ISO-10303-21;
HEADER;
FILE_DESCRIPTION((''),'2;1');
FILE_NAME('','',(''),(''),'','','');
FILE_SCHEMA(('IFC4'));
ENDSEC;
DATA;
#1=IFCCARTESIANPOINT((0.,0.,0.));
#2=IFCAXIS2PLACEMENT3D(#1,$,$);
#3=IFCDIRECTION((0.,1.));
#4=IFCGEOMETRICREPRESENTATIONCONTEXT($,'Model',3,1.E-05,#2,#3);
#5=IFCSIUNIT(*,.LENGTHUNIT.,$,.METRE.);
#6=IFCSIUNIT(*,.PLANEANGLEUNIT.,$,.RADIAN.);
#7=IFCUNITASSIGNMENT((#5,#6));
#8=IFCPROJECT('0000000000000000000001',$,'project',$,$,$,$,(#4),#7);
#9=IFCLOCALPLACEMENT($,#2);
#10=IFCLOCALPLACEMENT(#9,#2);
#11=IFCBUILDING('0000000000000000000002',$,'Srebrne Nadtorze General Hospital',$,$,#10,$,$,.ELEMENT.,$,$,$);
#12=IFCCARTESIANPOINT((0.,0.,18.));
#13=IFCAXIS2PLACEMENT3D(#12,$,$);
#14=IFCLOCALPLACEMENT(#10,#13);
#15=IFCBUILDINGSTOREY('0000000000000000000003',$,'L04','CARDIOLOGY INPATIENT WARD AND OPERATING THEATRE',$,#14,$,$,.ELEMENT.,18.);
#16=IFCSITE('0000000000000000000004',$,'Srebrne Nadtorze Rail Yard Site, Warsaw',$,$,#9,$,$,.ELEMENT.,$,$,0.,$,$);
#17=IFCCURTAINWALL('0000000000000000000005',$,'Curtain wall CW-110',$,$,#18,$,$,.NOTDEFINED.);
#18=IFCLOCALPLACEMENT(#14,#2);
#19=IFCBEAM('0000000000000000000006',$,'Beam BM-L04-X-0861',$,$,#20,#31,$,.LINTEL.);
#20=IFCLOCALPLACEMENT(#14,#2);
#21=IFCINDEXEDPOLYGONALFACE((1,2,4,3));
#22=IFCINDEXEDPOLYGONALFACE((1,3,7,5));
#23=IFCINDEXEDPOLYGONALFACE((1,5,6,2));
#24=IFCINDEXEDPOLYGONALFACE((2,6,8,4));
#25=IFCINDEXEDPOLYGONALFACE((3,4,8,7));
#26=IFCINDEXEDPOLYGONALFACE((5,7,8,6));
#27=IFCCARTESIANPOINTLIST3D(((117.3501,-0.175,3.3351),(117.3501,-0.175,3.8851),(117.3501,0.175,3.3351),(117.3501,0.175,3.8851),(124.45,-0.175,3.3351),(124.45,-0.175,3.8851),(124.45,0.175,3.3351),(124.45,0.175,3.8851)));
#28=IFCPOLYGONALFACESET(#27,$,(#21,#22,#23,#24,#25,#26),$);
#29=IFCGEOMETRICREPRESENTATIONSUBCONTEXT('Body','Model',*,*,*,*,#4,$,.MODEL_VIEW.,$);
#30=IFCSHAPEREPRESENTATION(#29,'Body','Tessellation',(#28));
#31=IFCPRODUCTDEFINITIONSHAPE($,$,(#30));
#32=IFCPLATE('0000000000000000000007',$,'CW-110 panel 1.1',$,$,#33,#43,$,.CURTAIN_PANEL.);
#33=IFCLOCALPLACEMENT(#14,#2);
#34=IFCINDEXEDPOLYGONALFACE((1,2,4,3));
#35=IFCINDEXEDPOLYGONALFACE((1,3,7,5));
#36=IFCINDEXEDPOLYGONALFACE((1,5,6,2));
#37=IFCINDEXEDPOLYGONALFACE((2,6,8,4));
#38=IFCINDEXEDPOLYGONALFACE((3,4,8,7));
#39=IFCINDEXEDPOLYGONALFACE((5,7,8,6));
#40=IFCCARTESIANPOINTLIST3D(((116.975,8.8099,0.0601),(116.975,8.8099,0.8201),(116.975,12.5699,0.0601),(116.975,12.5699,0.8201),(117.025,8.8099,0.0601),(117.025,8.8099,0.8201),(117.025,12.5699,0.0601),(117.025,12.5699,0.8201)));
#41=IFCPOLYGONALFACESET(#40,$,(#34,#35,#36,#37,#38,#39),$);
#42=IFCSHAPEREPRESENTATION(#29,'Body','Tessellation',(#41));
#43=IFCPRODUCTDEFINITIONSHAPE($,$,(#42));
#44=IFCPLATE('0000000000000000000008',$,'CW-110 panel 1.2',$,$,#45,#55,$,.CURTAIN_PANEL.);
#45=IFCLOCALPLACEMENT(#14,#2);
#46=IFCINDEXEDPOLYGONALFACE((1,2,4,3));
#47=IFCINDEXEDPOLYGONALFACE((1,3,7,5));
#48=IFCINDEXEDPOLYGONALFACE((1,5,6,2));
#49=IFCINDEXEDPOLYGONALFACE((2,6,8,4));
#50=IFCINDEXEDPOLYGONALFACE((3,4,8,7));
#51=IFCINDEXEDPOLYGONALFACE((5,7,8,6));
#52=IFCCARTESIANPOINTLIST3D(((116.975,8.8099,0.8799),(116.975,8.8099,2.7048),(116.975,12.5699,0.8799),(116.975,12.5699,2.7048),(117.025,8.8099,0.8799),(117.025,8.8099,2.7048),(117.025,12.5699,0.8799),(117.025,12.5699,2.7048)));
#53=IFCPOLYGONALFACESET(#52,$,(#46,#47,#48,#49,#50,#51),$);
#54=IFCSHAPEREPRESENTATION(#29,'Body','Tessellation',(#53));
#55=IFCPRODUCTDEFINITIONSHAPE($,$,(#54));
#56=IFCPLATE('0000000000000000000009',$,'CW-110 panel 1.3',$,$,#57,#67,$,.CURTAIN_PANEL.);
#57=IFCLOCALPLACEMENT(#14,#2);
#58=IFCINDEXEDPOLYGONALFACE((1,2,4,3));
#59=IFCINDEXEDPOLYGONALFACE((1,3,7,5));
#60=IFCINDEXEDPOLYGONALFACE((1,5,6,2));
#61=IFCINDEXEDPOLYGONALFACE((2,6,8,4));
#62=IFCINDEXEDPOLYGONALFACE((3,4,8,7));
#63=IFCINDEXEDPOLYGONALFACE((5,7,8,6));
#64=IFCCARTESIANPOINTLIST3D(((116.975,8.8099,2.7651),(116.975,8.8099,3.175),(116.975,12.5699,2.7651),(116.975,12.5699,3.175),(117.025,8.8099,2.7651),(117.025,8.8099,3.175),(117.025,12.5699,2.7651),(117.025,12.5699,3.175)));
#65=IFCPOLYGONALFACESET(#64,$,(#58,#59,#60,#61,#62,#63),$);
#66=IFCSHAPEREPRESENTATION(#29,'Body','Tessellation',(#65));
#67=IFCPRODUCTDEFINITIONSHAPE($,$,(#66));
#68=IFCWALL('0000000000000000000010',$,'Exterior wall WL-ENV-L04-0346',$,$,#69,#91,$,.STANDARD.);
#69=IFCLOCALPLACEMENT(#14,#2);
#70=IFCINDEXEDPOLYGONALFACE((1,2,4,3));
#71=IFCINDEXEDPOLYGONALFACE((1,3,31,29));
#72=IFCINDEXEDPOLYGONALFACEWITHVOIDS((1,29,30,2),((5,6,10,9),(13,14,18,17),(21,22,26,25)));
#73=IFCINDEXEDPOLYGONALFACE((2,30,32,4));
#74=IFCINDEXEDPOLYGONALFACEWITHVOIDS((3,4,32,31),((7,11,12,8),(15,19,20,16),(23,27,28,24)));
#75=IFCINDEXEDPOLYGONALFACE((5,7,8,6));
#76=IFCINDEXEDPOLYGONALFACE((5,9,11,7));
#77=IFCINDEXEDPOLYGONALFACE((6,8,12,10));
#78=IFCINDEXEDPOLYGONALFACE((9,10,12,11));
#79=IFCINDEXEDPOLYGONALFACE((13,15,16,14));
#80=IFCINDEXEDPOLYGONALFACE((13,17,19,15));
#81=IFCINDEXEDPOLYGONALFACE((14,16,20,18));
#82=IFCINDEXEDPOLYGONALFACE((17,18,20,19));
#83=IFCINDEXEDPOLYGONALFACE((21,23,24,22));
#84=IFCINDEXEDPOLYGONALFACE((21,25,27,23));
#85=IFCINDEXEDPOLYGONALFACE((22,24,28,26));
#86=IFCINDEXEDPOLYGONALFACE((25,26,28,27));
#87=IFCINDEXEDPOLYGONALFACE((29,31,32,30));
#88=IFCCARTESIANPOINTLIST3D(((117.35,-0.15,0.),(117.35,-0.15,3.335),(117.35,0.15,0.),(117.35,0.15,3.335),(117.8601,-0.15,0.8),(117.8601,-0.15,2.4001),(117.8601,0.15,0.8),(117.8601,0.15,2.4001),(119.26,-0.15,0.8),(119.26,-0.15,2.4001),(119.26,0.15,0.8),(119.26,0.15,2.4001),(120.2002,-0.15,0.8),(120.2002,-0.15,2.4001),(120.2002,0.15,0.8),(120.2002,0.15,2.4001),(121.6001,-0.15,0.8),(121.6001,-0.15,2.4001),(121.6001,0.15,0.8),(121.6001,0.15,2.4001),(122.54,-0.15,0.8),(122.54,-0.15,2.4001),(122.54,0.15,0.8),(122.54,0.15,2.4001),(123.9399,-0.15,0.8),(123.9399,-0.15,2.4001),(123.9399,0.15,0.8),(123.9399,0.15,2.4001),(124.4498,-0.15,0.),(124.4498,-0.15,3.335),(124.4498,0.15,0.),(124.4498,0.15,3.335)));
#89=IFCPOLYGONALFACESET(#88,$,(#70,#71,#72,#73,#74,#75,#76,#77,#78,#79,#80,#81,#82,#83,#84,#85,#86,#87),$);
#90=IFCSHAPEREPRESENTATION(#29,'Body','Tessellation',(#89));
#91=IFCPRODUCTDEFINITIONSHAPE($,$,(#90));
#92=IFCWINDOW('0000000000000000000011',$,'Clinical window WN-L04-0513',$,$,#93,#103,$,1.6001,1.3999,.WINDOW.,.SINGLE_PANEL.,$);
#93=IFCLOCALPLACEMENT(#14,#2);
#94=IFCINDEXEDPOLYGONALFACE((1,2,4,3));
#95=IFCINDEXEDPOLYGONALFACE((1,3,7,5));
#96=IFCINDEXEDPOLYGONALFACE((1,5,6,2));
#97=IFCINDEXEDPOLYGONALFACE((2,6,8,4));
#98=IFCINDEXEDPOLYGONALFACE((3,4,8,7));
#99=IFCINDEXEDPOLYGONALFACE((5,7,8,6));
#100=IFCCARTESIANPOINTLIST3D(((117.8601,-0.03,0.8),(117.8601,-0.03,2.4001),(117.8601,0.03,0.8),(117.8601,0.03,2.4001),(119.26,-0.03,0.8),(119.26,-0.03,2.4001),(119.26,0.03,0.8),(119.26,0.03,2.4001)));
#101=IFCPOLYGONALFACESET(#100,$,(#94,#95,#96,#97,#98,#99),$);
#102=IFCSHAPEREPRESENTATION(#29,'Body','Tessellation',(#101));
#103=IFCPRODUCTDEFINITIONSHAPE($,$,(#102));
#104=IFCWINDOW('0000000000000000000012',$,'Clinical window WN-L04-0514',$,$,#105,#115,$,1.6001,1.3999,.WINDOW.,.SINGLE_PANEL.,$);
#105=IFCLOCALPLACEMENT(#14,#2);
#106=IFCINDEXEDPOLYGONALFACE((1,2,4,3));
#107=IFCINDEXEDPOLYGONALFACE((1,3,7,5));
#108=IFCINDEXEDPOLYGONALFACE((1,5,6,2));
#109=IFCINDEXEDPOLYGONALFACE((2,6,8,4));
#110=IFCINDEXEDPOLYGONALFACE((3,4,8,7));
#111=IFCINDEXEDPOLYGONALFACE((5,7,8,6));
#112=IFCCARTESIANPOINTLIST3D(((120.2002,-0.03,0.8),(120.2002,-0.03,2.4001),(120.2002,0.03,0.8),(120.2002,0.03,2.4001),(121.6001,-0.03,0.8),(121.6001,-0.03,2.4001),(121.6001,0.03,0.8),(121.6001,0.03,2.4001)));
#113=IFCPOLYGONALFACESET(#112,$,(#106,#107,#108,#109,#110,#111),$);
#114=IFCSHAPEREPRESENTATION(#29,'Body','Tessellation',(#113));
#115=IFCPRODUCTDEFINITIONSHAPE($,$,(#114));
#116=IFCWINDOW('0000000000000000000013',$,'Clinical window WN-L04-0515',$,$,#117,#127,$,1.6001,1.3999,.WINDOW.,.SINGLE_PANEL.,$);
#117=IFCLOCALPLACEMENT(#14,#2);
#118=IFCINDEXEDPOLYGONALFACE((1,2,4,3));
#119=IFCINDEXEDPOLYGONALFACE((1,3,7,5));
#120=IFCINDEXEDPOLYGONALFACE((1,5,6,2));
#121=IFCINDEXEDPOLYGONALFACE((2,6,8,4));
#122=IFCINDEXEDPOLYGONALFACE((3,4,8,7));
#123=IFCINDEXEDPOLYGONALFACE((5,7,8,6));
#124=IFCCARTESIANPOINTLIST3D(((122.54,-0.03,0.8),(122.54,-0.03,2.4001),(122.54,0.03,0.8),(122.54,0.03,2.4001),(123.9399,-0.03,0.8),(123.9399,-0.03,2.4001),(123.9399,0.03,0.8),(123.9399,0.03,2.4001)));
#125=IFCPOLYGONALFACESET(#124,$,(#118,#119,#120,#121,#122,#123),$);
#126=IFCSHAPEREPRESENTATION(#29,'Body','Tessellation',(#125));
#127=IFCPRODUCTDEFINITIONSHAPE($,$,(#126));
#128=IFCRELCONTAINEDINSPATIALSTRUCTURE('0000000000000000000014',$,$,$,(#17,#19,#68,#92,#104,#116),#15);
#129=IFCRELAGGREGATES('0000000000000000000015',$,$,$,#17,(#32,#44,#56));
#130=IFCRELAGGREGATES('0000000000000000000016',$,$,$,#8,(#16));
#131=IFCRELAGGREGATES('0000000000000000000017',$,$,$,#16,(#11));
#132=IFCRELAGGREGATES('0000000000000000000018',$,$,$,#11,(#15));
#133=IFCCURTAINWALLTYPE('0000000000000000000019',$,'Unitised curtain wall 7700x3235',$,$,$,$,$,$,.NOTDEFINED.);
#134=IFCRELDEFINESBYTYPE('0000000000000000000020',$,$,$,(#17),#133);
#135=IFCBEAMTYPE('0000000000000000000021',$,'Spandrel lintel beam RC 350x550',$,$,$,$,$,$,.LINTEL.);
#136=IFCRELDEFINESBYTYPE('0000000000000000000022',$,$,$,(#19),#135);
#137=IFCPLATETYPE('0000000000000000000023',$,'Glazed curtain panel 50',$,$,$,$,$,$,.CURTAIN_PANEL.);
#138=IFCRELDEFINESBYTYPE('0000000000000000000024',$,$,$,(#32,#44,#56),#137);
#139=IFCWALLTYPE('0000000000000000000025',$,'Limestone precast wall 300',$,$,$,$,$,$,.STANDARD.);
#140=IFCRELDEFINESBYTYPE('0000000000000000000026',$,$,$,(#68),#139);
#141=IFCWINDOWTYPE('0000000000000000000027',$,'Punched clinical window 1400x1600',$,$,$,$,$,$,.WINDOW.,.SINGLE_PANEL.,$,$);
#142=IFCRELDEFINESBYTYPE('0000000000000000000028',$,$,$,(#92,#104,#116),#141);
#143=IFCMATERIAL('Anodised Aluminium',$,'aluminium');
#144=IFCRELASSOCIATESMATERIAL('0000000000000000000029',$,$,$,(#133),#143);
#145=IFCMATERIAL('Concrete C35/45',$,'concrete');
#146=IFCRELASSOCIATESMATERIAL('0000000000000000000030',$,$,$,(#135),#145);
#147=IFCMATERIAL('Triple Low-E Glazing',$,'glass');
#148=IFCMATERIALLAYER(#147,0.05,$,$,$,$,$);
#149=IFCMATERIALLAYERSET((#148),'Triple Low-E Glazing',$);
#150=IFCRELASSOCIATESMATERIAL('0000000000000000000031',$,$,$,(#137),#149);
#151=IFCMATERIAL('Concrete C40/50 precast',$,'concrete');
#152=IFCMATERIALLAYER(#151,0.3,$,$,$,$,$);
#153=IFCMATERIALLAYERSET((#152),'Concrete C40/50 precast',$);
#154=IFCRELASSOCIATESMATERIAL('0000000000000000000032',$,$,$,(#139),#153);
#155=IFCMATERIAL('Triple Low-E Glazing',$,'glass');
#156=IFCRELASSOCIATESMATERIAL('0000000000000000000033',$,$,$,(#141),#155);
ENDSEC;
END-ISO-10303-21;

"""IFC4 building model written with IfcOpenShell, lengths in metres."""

from ifc_helpers import new_model, si_unit, direction, frame, frame_2d, origin, origin_2d, place, context, subcontext, project, spatial, rectangle, extrude, material, layer, layer_set, material_profile, profile_set, type_object, element, fill, aggregate, save


model = new_model("IFC4")

# Units and contexts
model_context = context("Model", 3, precision=1e-05, world=origin(), true_north=direction((0.0, 1.0)))
body_context = subcontext(model_context, "Body", "Model", "MODEL_VIEW")
ifc_project = project(units=[si_unit("LENGTHUNIT", "METRE"), si_unit("PLANEANGLEUNIT", "RADIAN")], contexts=[model_context])

# Site, building, storey
site_placement = place(None, origin())
site = spatial("IfcSite", under=ifc_project, at=site_placement, Name="Srebrne Nadtorze Rail Yard Site, Warsaw", CompositionType="ELEMENT", RefElevation=0.0)
building_placement = place(site_placement, origin())
building = spatial("IfcBuilding", under=site, at=building_placement, Name="Srebrne Nadtorze General Hospital", CompositionType="ELEMENT")
storey_placement = place(building_placement, frame((0.0, 0.0, 18.0)))
storey = spatial("IfcBuildingStorey", under=building, at=storey_placement, Name="L04", Description="CARDIOLOGY INPATIENT WARD AND OPERATING THEATRE", CompositionType="ELEMENT", Elevation=18.0)

# Curtain wall
ifc_material_1 = material(Name="Anodised Aluminium", Category="aluminium")
curtain_wall_type_1 = type_object("IfcCurtainWallType", Name="Unitised curtain wall 7700x3235", PredefinedType="NOTDEFINED", material=ifc_material_1)
curtain_wall_1_placement = place(storey_placement, origin())
curtain_wall_1 = element("IfcCurtainWall", 1, at=curtain_wall_1_placement, inside=storey, type_object=curtain_wall_type_1, Name="Curtain wall CW-110", PredefinedType="NOTDEFINED")

# Beam
ifc_material_2 = material(Name="Concrete C35/45", Category="concrete")
ifc_material_profile_1 = material_profile(ifc_material_2, rectangle(XDim=0.3501, YDim=0.55, at=origin_2d()), Name="RC-BM-350x550")
ifc_profile_set_1 = profile_set([ifc_material_profile_1], Name="Concrete C35/45")
beam_type_1 = type_object("IfcBeamType", Name="Spandrel lintel beam RC 350x550", PredefinedType="LINTEL", material=ifc_profile_set_1)
beam_1_placement = place(storey_placement, frame((117.3501, 0.0, 3.6101), z_axis=(1.0, 0.0, 0.0), x_axis=(0.0, 1.0, 0.0)))
element("IfcBeam", 2, at=beam_1_placement, inside=storey, type_object=beam_type_1, Name="Beam BM-L04-X-0861", PredefinedType="LINTEL", context=body_context, shape_type="SweptSolid", body=[
    extrude(rectangle(XDim=0.3501, YDim=0.55, at=origin_2d()), origin(), (0.0, 0.0, 1.0), 7.0999),
])

# Plates
ifc_material_3 = material(Name="Triple Low-E Glazing", Category="glass")
ifc_layer_1 = layer(ifc_material_3, 0.05)
ifc_layer_set_1 = layer_set([ifc_layer_1], Name="Triple Low-E Glazing")
plate_type = type_object("IfcPlateType", Name="Glazed curtain panel 50", PredefinedType="CURTAIN_PANEL", material=ifc_layer_set_1)
plate_1_placement = place(storey_placement, frame((117.0, 10.6899, 0.0601), z_axis=(0.0, 0.0, 1.0), x_axis=(0.0, 1.0, 0.0)))
plate_1 = element("IfcPlate", 3, at=plate_1_placement, type_object=plate_type, Name="CW-110 panel 1.1", PredefinedType="CURTAIN_PANEL", context=body_context, shape_type="SweptSolid", body=[
    extrude(rectangle(XDim=3.76, YDim=0.05, at=origin_2d()), origin(), (0.0, 0.0, 1.0), 0.76),
])
plate_2_placement = place(storey_placement, frame((117.0, 10.6899, 0.8799), z_axis=(0.0, 0.0, 1.0), x_axis=(0.0, 1.0, 0.0)))
plate_2 = element("IfcPlate", 4, at=plate_2_placement, type_object=plate_type, Name="CW-110 panel 1.2", PredefinedType="CURTAIN_PANEL", context=body_context, shape_type="SweptSolid", body=[
    extrude(rectangle(XDim=3.76, YDim=0.05, at=origin_2d()), origin(), (0.0, 0.0, 1.0), 1.825),
])
plate_3_placement = place(storey_placement, frame((117.0, 10.6899, 2.7651), z_axis=(0.0, 0.0, 1.0), x_axis=(0.0, 1.0, 0.0)))
plate_3 = element("IfcPlate", 5, at=plate_3_placement, type_object=plate_type, Name="CW-110 panel 1.3", PredefinedType="CURTAIN_PANEL", context=body_context, shape_type="SweptSolid", body=[
    extrude(rectangle(XDim=3.76, YDim=0.05, at=origin_2d()), origin(), (0.0, 0.0, 1.0), 0.4099),
])
aggregate(curtain_wall_1, [plate_1, plate_2, plate_3])

# Wall, openings, windows
ifc_material_4 = material(Name="Concrete C40/50 precast", Category="concrete")
ifc_layer_2 = layer(ifc_material_4, 0.3)
ifc_layer_set_2 = layer_set([ifc_layer_2], Name="Concrete C40/50 precast")
wall_type = type_object("IfcWallType", Name="Limestone precast wall 300", PredefinedType="STANDARD", material=ifc_layer_set_2)
wall_placement = place(storey_placement, frame((117.3501, 0.0, 0.0), z_axis=(0.0, 0.0, 1.0), x_axis=(1.0, 0.0, 0.0)))
wall = element("IfcWall", 6, at=wall_placement, inside=storey, type_object=wall_type, Name="Exterior wall WL-ENV-L04-0346", PredefinedType="STANDARD", context=body_context, shape_type="SweptSolid", body=[
    extrude(rectangle(XDim=7.0999, YDim=0.3, at=frame_2d((3.5498, 0.0))), origin(), (0.0, 0.0, 1.0), 3.335),
])
opening_1_placement = place(wall_placement, frame((0.51, 0.0, 0.8)))
opening_1 = element("IfcOpeningElement", 7, at=opening_1_placement, cuts=wall, PredefinedType="OPENING", context=body_context, shape_type="SweptSolid", body=[
    extrude(rectangle(XDim=1.3999, YDim=1.6001, at=frame_2d((0.7, 0.8))), frame((0.0, 0.1621, 0.0), z_axis=(0.0, -1.0, 0.0), x_axis=(1.0, 0.0, 0.0)), (0.0, 0.0, 1.0), 0.324),
])
opening_2_placement = place(wall_placement, frame((2.8501, 0.0, 0.8)))
opening_2 = element("IfcOpeningElement", 8, at=opening_2_placement, cuts=wall, PredefinedType="OPENING", context=body_context, shape_type="SweptSolid", body=[
    extrude(rectangle(XDim=1.3999, YDim=1.6001, at=frame_2d((0.7, 0.8))), frame((0.0, 0.1621, 0.0), z_axis=(0.0, -1.0, 0.0), x_axis=(1.0, 0.0, 0.0)), (0.0, 0.0, 1.0), 0.324),
])
opening_3_placement = place(wall_placement, frame((5.1899, 0.0, 0.8)))
opening_3 = element("IfcOpeningElement", 9, at=opening_3_placement, cuts=wall, PredefinedType="OPENING", context=body_context, shape_type="SweptSolid", body=[
    extrude(rectangle(XDim=1.3999, YDim=1.6001, at=frame_2d((0.7, 0.8))), frame((0.0, 0.1621, 0.0), z_axis=(0.0, -1.0, 0.0), x_axis=(1.0, 0.0, 0.0)), (0.0, 0.0, 1.0), 0.324),
])
ifc_material_5 = material(Name="Triple Low-E Glazing", Category="glass")
window_type = type_object("IfcWindowType", Name="Punched clinical window 1400x1600", PartitioningType="SINGLE_PANEL", PredefinedType="WINDOW", material=ifc_material_5)
window_1_placement = place(opening_1_placement, origin())
window_1 = element("IfcWindow", 10, at=window_1_placement, inside=storey, type_object=window_type, Name="Clinical window WN-L04-0513", OverallHeight=1.6001, OverallWidth=1.3999, PartitioningType="SINGLE_PANEL", PredefinedType="WINDOW", context=body_context, shape_type="SweptSolid", body=[
    extrude(rectangle(XDim=1.3999, YDim=1.6001, at=frame_2d((0.7, 0.8))), frame((0.0, 0.03, 0.0), z_axis=(0.0, -1.0, 0.0), x_axis=(1.0, 0.0, 0.0)), (0.0, 0.0, 1.0), 0.0601),
])
fill(opening_1, window_1)
window_2_placement = place(opening_2_placement, origin())
window_2 = element("IfcWindow", 11, at=window_2_placement, inside=storey, type_object=window_type, Name="Clinical window WN-L04-0514", OverallHeight=1.6001, OverallWidth=1.3999, PartitioningType="SINGLE_PANEL", PredefinedType="WINDOW", context=body_context, shape_type="SweptSolid", body=[
    extrude(rectangle(XDim=1.3999, YDim=1.6001, at=frame_2d((0.7, 0.8))), frame((0.0, 0.03, 0.0), z_axis=(0.0, -1.0, 0.0), x_axis=(1.0, 0.0, 0.0)), (0.0, 0.0, 1.0), 0.0601),
])
fill(opening_2, window_2)
window_3_placement = place(opening_3_placement, origin())
window_3 = element("IfcWindow", 12, at=window_3_placement, inside=storey, type_object=window_type, Name="Clinical window WN-L04-0515", OverallHeight=1.6001, OverallWidth=1.3999, PartitioningType="SINGLE_PANEL", PredefinedType="WINDOW", context=body_context, shape_type="SweptSolid", body=[
    extrude(rectangle(XDim=1.3999, YDim=1.6001, at=frame_2d((0.7, 0.8))), frame((0.0, 0.03, 0.0), z_axis=(0.0, -1.0, 0.0), x_axis=(1.0, 0.0, 0.0)), (0.0, 0.0, 1.0), 0.0601),
])
fill(opening_3, window_3)

save(model, "model.ifc")
